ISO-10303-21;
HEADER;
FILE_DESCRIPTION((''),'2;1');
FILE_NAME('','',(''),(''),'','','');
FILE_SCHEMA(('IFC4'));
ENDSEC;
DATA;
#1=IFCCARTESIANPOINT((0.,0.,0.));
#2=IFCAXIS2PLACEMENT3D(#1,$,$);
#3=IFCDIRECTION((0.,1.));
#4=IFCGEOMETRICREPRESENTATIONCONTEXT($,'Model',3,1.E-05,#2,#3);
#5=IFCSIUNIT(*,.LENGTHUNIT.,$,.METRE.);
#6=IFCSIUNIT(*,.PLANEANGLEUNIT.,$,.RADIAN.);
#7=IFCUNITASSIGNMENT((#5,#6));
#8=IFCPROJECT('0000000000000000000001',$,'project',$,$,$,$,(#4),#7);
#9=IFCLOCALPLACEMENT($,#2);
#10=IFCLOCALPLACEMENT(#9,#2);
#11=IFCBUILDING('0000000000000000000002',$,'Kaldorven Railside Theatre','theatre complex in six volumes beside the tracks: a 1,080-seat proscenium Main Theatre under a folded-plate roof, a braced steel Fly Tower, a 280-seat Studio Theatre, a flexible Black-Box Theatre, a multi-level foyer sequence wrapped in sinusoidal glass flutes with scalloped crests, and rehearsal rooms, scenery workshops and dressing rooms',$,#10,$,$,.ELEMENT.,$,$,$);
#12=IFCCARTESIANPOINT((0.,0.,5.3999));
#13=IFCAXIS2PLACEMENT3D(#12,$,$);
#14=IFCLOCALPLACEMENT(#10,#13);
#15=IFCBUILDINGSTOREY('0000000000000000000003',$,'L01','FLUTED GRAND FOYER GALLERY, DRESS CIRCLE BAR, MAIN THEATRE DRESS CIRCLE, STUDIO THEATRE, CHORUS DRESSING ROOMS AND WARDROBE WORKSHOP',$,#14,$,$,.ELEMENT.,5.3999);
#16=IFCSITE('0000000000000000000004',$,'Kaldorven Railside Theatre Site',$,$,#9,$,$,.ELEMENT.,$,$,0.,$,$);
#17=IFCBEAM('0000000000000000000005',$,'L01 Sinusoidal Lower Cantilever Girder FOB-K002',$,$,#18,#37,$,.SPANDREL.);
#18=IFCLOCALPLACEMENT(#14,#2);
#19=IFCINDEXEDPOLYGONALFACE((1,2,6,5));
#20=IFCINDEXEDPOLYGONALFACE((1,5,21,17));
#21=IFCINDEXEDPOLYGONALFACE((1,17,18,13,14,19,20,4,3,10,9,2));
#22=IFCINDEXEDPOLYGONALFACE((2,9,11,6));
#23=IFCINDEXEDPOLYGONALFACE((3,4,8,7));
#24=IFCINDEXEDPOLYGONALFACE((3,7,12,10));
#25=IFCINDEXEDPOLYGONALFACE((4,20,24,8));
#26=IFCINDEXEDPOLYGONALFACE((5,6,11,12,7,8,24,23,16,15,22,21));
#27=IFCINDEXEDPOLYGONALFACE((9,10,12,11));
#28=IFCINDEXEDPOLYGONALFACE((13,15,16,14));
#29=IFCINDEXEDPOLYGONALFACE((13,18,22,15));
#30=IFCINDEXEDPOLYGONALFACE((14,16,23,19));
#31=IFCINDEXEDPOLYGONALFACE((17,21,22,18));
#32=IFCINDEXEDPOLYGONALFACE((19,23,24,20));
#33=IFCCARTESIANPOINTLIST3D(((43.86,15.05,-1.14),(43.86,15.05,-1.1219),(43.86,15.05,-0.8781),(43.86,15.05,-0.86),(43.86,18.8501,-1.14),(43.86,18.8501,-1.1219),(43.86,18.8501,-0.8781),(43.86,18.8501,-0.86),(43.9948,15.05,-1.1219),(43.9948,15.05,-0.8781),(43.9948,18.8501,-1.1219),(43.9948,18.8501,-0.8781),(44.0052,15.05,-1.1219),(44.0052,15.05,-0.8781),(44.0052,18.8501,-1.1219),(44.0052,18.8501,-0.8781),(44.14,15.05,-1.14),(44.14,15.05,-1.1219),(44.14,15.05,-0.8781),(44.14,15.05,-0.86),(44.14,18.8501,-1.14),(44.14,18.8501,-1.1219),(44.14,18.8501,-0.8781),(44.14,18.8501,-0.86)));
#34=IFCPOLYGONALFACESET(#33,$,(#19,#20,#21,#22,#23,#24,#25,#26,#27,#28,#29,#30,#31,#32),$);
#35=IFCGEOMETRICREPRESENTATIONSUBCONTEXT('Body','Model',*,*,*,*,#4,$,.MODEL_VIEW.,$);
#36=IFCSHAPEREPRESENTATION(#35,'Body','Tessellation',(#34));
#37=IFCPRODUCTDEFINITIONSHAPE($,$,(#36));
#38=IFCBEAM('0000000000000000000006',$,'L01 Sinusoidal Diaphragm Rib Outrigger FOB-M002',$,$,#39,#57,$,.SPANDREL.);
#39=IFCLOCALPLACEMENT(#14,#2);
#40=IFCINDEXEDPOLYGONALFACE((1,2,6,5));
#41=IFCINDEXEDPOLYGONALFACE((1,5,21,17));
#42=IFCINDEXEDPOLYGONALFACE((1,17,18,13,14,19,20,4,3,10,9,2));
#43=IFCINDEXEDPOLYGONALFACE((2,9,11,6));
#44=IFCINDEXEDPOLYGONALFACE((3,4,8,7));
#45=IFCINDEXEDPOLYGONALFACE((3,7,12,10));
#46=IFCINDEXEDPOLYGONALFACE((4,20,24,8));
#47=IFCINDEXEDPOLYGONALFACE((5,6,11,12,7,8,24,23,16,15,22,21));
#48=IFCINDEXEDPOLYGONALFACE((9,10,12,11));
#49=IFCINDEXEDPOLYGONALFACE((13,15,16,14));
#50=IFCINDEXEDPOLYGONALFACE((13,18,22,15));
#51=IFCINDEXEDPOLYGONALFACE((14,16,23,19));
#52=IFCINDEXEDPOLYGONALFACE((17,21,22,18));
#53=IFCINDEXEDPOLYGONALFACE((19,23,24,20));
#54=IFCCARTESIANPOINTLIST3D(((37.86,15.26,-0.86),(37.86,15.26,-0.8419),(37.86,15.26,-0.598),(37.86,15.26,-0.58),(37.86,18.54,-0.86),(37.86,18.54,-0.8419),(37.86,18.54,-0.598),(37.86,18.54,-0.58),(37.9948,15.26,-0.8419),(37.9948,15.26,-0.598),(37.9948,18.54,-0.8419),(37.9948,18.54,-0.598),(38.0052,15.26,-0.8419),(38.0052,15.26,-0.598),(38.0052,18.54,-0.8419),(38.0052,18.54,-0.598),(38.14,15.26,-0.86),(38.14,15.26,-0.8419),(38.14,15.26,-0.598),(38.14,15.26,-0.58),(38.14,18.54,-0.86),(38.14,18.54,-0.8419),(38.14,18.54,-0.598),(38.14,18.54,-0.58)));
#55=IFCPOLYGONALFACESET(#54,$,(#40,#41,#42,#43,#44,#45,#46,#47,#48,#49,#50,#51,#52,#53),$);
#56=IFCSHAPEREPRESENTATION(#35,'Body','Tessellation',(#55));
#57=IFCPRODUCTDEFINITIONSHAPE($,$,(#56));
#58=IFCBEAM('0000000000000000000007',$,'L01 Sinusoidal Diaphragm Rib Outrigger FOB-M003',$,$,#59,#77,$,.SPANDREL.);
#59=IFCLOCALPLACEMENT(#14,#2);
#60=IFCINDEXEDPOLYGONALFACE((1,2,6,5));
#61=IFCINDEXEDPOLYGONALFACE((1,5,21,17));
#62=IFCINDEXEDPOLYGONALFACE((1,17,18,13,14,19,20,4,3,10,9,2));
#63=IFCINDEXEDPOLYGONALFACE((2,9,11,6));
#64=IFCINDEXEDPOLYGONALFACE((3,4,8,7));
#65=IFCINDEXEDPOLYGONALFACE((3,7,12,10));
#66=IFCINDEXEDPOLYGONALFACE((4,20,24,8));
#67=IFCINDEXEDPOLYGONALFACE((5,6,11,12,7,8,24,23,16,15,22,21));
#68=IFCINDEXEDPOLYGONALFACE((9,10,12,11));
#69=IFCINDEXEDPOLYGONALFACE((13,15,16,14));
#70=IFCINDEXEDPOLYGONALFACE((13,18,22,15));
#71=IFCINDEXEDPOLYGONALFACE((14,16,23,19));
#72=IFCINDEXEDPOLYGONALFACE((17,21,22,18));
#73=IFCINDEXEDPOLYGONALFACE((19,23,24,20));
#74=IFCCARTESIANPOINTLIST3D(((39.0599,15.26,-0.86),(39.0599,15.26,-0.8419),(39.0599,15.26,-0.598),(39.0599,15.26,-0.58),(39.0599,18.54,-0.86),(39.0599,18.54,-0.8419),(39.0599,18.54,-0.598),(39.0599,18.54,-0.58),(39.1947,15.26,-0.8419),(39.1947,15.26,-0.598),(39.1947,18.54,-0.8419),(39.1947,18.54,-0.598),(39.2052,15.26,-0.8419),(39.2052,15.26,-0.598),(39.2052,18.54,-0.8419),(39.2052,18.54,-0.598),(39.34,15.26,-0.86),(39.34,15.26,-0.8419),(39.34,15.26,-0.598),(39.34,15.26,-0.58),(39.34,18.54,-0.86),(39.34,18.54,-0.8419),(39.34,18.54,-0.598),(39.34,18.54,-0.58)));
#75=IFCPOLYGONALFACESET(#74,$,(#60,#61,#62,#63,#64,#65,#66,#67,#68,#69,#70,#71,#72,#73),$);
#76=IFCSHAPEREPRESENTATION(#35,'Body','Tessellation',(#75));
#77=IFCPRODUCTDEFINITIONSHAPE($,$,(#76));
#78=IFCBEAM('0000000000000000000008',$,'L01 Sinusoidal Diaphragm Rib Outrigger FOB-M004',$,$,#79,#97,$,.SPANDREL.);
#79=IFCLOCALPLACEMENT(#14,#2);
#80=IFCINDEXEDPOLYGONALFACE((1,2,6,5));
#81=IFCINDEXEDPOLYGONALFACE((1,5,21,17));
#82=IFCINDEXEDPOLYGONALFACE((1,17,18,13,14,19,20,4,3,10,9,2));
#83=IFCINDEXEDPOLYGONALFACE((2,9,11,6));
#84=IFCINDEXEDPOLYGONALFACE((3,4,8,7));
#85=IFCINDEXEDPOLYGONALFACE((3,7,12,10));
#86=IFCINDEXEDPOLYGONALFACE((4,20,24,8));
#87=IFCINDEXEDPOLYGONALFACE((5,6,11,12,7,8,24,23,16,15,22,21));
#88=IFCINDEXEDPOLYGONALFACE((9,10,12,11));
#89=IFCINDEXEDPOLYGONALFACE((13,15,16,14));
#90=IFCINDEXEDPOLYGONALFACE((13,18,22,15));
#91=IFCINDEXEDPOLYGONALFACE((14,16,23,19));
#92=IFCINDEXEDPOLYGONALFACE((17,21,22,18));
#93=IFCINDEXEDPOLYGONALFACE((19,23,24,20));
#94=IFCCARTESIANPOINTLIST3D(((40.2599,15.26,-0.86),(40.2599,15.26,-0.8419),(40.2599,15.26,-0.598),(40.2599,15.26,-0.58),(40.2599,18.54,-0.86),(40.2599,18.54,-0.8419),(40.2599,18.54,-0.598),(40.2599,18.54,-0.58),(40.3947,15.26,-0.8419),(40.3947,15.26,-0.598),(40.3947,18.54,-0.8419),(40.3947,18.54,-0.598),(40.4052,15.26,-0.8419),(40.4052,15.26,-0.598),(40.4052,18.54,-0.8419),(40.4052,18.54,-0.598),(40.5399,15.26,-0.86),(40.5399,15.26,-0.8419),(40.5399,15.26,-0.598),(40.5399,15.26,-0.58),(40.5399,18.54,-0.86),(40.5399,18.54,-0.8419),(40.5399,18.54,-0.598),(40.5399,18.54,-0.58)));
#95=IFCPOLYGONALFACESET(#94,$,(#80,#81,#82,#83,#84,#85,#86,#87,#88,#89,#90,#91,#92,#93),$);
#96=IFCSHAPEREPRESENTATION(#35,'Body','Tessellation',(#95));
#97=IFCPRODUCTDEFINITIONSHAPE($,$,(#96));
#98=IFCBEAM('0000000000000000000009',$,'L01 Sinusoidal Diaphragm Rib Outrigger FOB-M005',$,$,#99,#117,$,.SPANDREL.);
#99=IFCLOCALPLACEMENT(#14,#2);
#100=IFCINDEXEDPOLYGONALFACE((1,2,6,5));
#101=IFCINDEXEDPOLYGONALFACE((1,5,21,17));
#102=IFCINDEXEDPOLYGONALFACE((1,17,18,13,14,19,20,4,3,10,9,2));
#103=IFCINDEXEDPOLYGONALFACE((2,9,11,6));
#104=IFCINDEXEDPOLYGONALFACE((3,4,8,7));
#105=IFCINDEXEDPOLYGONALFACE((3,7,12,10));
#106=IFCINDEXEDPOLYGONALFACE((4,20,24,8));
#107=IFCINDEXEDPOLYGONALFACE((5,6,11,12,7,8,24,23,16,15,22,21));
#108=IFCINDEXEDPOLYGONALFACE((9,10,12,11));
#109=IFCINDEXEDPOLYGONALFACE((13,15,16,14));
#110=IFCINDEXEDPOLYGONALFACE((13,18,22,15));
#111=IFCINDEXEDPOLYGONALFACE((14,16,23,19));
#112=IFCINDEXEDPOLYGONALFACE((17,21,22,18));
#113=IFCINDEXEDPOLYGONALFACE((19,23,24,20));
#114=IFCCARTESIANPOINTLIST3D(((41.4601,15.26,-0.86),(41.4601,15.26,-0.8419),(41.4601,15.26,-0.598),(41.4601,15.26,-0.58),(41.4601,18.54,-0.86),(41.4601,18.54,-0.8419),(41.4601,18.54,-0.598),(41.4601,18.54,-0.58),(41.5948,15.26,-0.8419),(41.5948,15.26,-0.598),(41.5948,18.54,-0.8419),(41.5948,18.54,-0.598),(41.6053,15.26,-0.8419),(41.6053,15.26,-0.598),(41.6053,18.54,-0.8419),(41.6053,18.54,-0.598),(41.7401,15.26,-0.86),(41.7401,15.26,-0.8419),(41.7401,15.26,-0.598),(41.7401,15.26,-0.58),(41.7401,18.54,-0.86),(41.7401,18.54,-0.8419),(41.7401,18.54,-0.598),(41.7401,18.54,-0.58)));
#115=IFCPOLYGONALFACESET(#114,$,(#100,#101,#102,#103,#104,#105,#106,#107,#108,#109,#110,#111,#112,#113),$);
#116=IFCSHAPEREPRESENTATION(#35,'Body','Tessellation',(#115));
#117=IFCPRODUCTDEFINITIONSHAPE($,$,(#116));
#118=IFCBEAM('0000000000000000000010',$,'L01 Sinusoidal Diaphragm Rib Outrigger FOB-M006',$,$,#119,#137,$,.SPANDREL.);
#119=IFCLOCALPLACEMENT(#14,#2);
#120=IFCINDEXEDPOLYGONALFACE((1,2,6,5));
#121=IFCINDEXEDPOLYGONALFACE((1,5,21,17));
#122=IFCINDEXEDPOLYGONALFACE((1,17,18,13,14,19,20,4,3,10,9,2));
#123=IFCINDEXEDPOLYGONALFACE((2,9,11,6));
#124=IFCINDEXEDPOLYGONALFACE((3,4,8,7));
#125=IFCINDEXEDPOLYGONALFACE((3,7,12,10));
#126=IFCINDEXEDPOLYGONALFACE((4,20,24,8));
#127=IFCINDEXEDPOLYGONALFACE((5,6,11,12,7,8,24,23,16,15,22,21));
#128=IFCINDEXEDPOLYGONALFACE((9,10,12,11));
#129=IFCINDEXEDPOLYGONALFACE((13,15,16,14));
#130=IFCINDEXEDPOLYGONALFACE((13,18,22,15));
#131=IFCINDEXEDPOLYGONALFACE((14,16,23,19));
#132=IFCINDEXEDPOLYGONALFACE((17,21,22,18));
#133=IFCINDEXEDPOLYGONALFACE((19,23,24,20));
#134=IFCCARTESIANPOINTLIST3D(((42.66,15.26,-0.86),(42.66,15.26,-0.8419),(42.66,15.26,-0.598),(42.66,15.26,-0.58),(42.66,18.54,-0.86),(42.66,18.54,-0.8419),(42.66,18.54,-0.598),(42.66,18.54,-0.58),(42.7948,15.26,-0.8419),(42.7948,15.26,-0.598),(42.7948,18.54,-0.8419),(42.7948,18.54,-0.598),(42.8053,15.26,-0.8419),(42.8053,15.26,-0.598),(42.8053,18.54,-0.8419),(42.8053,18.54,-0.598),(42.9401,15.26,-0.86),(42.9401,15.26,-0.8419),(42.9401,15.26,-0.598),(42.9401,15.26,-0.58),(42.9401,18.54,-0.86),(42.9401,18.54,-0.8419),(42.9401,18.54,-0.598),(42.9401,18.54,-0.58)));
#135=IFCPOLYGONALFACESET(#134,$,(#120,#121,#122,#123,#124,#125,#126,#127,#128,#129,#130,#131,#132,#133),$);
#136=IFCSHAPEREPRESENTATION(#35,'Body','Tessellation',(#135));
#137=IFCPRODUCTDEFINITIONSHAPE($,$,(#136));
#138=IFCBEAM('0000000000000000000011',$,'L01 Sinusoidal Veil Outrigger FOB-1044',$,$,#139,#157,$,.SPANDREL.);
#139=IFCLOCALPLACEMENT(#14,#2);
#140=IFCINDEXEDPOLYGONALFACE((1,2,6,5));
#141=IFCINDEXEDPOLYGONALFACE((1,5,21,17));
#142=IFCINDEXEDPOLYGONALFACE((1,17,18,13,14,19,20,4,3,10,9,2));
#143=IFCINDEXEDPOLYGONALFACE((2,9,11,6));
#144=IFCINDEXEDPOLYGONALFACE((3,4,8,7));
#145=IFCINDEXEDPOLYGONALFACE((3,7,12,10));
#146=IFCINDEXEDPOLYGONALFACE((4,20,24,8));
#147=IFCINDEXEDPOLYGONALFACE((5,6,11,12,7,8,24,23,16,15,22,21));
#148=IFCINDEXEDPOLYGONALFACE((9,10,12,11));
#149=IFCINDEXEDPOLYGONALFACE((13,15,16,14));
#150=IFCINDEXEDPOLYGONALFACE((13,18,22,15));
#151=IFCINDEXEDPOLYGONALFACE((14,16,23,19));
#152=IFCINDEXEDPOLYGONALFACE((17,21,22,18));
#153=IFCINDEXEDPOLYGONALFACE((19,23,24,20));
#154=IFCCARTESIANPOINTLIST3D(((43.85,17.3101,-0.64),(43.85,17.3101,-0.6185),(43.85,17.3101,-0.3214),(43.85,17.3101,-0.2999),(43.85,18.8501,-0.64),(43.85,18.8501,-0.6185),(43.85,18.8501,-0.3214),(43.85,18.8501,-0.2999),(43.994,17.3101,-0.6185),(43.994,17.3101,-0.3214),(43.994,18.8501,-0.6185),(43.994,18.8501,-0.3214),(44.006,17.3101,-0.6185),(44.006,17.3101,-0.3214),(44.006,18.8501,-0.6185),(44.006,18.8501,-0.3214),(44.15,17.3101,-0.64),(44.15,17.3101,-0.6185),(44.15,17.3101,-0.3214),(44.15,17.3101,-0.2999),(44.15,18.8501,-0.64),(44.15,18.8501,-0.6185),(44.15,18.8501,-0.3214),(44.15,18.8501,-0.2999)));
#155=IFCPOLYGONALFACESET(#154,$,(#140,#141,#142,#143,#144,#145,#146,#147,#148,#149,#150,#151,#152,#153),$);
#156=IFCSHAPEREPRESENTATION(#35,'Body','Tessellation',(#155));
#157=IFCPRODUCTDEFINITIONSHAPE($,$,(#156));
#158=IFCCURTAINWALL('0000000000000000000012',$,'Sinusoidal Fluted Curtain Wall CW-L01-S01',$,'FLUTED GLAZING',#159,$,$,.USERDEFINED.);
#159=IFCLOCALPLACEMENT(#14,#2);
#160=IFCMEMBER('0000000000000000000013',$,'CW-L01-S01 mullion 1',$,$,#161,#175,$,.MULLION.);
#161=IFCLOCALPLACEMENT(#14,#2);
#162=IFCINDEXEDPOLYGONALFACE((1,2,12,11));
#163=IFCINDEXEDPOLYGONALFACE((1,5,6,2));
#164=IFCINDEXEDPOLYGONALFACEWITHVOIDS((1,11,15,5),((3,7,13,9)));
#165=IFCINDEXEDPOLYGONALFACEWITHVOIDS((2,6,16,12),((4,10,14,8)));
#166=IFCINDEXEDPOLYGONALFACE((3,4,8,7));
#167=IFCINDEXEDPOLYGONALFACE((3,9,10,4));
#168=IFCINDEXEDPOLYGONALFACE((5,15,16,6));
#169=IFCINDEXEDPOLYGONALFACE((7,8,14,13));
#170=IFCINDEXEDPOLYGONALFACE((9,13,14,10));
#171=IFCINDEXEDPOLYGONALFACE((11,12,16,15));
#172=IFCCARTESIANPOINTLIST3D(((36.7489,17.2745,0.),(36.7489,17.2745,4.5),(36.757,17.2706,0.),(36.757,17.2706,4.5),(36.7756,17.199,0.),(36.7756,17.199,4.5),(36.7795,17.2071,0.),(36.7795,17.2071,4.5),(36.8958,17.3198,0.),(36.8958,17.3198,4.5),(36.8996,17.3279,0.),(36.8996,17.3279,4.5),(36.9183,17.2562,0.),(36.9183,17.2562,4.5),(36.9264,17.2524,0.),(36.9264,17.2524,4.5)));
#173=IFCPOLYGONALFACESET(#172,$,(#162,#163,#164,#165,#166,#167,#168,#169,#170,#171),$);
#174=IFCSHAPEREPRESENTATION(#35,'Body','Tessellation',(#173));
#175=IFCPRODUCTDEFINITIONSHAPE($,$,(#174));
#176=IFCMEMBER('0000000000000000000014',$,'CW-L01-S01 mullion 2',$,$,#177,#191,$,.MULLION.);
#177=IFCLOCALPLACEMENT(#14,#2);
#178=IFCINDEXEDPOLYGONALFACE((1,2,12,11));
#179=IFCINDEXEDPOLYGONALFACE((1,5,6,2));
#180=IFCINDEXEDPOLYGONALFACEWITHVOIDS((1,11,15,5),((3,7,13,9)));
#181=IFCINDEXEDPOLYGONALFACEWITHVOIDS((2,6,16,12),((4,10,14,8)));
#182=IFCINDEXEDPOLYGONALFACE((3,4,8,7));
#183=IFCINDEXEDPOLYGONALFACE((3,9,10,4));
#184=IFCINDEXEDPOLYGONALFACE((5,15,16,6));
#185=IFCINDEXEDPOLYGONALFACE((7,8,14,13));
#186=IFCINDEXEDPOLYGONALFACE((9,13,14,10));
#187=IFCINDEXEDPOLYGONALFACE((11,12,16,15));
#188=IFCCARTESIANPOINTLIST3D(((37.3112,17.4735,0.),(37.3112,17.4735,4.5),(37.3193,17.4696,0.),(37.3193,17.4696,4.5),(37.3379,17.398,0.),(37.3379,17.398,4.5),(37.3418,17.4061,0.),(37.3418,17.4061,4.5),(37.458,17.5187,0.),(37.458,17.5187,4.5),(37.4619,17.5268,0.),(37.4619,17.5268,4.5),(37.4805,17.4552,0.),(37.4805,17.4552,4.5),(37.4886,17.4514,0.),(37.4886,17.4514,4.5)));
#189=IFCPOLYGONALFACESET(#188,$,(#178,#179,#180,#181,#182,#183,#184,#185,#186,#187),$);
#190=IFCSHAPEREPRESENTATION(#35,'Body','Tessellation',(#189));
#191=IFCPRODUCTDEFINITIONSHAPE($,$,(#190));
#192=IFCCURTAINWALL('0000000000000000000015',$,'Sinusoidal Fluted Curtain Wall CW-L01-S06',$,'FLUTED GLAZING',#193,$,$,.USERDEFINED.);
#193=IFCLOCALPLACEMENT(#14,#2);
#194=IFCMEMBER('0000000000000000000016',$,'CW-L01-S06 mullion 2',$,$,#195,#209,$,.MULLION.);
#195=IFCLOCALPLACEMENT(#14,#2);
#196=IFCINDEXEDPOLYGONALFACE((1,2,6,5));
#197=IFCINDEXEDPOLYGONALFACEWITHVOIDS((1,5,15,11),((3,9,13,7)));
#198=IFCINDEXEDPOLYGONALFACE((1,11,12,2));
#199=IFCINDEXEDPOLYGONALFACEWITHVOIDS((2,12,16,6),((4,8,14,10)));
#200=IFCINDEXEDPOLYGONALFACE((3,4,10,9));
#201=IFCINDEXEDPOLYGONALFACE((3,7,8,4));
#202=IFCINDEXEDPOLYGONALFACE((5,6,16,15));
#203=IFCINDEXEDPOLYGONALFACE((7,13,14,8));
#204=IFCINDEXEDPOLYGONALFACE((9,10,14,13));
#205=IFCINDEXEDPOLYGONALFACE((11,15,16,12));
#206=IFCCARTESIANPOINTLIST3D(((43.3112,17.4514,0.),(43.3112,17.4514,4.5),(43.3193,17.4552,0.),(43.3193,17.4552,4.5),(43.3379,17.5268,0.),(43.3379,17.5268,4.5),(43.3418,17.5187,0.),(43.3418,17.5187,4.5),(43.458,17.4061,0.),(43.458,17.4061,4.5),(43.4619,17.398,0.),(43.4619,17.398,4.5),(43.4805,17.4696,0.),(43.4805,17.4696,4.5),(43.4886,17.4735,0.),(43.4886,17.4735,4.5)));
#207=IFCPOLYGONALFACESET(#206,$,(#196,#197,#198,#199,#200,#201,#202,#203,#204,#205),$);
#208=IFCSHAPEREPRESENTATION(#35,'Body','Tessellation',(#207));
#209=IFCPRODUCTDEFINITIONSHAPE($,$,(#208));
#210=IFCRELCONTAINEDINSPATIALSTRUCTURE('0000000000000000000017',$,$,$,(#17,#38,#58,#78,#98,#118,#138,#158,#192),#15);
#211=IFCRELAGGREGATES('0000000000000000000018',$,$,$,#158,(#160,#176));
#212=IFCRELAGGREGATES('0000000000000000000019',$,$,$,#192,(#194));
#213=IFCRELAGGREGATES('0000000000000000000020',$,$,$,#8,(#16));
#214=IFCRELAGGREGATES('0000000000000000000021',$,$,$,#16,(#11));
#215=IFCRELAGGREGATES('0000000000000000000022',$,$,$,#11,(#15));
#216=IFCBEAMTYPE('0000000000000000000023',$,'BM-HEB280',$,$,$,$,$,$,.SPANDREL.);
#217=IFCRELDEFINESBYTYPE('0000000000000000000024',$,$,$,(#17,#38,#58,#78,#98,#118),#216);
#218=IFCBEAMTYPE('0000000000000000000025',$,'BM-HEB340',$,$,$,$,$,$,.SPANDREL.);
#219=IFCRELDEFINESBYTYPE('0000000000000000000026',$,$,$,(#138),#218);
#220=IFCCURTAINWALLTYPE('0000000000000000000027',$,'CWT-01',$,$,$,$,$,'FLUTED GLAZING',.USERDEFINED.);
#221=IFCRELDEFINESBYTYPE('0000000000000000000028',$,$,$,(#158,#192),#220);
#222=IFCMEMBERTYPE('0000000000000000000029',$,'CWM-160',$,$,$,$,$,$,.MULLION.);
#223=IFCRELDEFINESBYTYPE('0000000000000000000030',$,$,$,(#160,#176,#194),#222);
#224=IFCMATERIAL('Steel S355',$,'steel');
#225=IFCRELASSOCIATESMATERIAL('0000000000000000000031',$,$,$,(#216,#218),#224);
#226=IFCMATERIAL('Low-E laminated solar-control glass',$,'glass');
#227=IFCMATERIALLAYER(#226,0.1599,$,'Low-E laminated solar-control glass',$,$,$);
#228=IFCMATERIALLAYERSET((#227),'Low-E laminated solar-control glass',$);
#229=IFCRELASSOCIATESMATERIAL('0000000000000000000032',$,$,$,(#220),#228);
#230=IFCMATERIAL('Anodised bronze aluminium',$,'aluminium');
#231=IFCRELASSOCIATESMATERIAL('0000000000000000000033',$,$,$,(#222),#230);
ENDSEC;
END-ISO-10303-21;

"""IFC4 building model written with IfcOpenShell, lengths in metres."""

from ifc_helpers import new_model, si_unit, direction, frame, origin, origin_2d, place, context, subcontext, project, spatial, hollow_rectangle, i_section, extrude, material, layer, layer_set, material_profile, profile_set, type_object, element, aggregate, save


model = new_model("IFC4")

# Units and contexts
model_context = context("Model", 3, precision=1e-05, world=origin(), true_north=direction((0.0, 1.0)))
body_context = subcontext(model_context, "Body", "Model", "MODEL_VIEW")
ifc_project = project(units=[si_unit("LENGTHUNIT", "METRE"), si_unit("PLANEANGLEUNIT", "RADIAN")], contexts=[model_context])

# Site, building, storey
site_placement = place(None, origin())
site = spatial("IfcSite", under=ifc_project, at=site_placement, Name="Kaldorven Railside Theatre Site", CompositionType="ELEMENT", RefElevation=0.0)
building_placement = place(site_placement, origin())
building = spatial("IfcBuilding", under=site, at=building_placement, Name="Kaldorven Railside Theatre", Description="theatre complex in six volumes beside the tracks: a 1,080-seat proscenium Main Theatre under a folded-plate roof, a braced steel Fly Tower, a 280-seat Studio Theatre, a flexible Black-Box Theatre, a multi-level foyer sequence wrapped in sinusoidal glass flutes with scalloped crests, and rehearsal rooms, scenery workshops and dressing rooms", CompositionType="ELEMENT")
storey_placement = place(building_placement, frame((0.0, 0.0, 5.3999)))
storey = spatial("IfcBuildingStorey", under=building, at=storey_placement, Name="L01", Description="FLUTED GRAND FOYER GALLERY, DRESS CIRCLE BAR, MAIN THEATRE DRESS CIRCLE, STUDIO THEATRE, CHORUS DRESSING ROOMS AND WARDROBE WORKSHOP", CompositionType="ELEMENT", Elevation=5.3999)

# Beams
ifc_material_1 = material(Name="Steel S355", Category="steel")
ifc_material_profile_1 = material_profile(ifc_material_1, i_section(OverallWidth=0.28, OverallDepth=0.28, WebThickness=0.0105, FlangeThickness=0.0181, at=origin_2d()), Name="HEB 280")
ifc_profile_set_1 = profile_set([ifc_material_profile_1], Name="Steel S355")
beam_type_1 = type_object("IfcBeamType", Name="BM-HEB280", PredefinedType="SPANDREL", material=ifc_profile_set_1)
beam_1_placement = place(storey_placement, frame((44.0, 15.05, -1.0), z_axis=(0.0, 1.0, 0.0), x_axis=(-1.0, 0.0, 0.0)))
element("IfcBeam", 1, at=beam_1_placement, inside=storey, type_object=beam_type_1, Name="L01 Sinusoidal Lower Cantilever Girder FOB-K002", PredefinedType="SPANDREL", context=body_context, shape_type="SweptSolid", body=[
    extrude(i_section(OverallWidth=0.28, OverallDepth=0.28, WebThickness=0.0105, FlangeThickness=0.0181, at=origin_2d()), origin(), (0.0, 0.0, 1.0), 3.8),
])
for number, where, z_axis, x_axis, name in (
    (2, (38.0, 15.26, -0.72), (0.0, 1.0, 0.0), (-1.0, 0.0, 0.0), "L01 Sinusoidal Diaphragm Rib Outrigger FOB-M002"),
    (3, (39.2, 15.26, -0.72), (0.0, 1.0, 0.0), (-1.0, 0.0, 0.0), "L01 Sinusoidal Diaphragm Rib Outrigger FOB-M003"),
    (4, (40.3999, 15.26, -0.72), (0.0, 1.0, 0.0), (-1.0, 0.0, 0.0), "L01 Sinusoidal Diaphragm Rib Outrigger FOB-M004"),
    (5, (41.6001, 15.26, -0.72), (0.0, 1.0, 0.0), (-1.0, 0.0, 0.0), "L01 Sinusoidal Diaphragm Rib Outrigger FOB-M005"),
    (6, (42.8, 15.26, -0.72), (0.0, 1.0, 0.0), (-1.0, 0.0, 0.0), "L01 Sinusoidal Diaphragm Rib Outrigger FOB-M006"),
):
    element("IfcBeam", number, at=place(storey_placement, frame(where, z_axis=z_axis, x_axis=x_axis)), inside=storey, type_object=beam_type_1, Name=name, PredefinedType="SPANDREL", context=body_context, shape_type="SweptSolid", body=[
        extrude(i_section(OverallWidth=0.28, OverallDepth=0.28, WebThickness=0.0105, FlangeThickness=0.0181, at=origin_2d()), origin(), (0.0, 0.0, 1.0), 3.28),
    ])
ifc_material_profile_2 = material_profile(ifc_material_1, i_section(OverallWidth=0.3, OverallDepth=0.3401, WebThickness=0.012, FlangeThickness=0.0215, at=origin_2d()), Name="HEB 340")
ifc_profile_set_2 = profile_set([ifc_material_profile_2], Name="Steel S355")
beam_type_2 = type_object("IfcBeamType", Name="BM-HEB340", PredefinedType="SPANDREL", material=ifc_profile_set_2)
beam_2_placement = place(storey_placement, frame((44.0, 17.3101, -0.47), z_axis=(0.0, 1.0, 0.0), x_axis=(-1.0, 0.0, 0.0)))
element("IfcBeam", 7, at=beam_2_placement, inside=storey, type_object=beam_type_2, Name="L01 Sinusoidal Veil Outrigger FOB-1044", PredefinedType="SPANDREL", context=body_context, shape_type="SweptSolid", body=[
    extrude(i_section(OverallWidth=0.3, OverallDepth=0.3401, WebThickness=0.012, FlangeThickness=0.0215, at=origin_2d()), origin(), (0.0, 0.0, 1.0), 1.54),
])

# Curtain walls, members
ifc_material_2 = material(Name="Low-E laminated solar-control glass", Category="glass")
ifc_layer_1 = layer(ifc_material_2, 0.1599, Name="Low-E laminated solar-control glass")
ifc_layer_set_1 = layer_set([ifc_layer_1], Name="Low-E laminated solar-control glass")
curtain_wall_type = type_object("IfcCurtainWallType", Name="CWT-01", ElementType="FLUTED GLAZING", PredefinedType="USERDEFINED", material=ifc_layer_set_1)
curtain_wall_1_placement = place(storey_placement, origin())
curtain_wall_1 = element("IfcCurtainWall", 8, at=curtain_wall_1_placement, inside=storey, type_object=curtain_wall_type, Name="Sinusoidal Fluted Curtain Wall CW-L01-S01", ObjectType="FLUTED GLAZING", PredefinedType="USERDEFINED")
ifc_material_3 = material(Name="Anodised bronze aluminium", Category="aluminium")
ifc_material_profile_3 = material_profile(ifc_material_3, hollow_rectangle(XDim=0.0801, YDim=0.1599, WallThickness=0.0063, at=origin_2d()), Name="RHS 160x80x6.3")
ifc_profile_set_3 = profile_set([ifc_material_profile_3], Name="Anodised bronze aluminium")
member_type_1 = type_object("IfcMemberType", Name="CWM-160", PredefinedType="MULLION", material=ifc_profile_set_3)
member_1_placement = place(storey_placement, frame((36.8376, 17.2634, 0.0), z_axis=(0.0, 0.0, 1.0), x_axis=(-0.333847, 0.942627, 0.0)))
member_1 = element("IfcMember", 9, at=member_1_placement, type_object=member_type_1, Name="CW-L01-S01 mullion 1", PredefinedType="MULLION", context=body_context, shape_type="SweptSolid", body=[
    extrude(hollow_rectangle(XDim=0.0801, YDim=0.1599, WallThickness=0.0063, at=origin_2d()), origin(), (0.0, 0.0, 1.0), 4.5),
])
member_2_placement = place(storey_placement, frame((37.3999, 17.4624, 0.0), z_axis=(0.0, 0.0, 1.0), x_axis=(-0.333847, 0.942627, 0.0)))
member_2 = element("IfcMember", 10, at=member_2_placement, type_object=member_type_1, Name="CW-L01-S01 mullion 2", PredefinedType="MULLION", context=body_context, shape_type="SweptSolid", body=[
    extrude(hollow_rectangle(XDim=0.0801, YDim=0.1599, WallThickness=0.0063, at=origin_2d()), origin(), (0.0, 0.0, 1.0), 4.5),
])
curtain_wall_2_placement = place(storey_placement, origin())
curtain_wall_2 = element("IfcCurtainWall", 11, at=curtain_wall_2_placement, inside=storey, type_object=curtain_wall_type, Name="Sinusoidal Fluted Curtain Wall CW-L01-S06", ObjectType="FLUTED GLAZING", PredefinedType="USERDEFINED")
member_3_placement = place(storey_placement, frame((43.3999, 17.4624, 0.0), z_axis=(0.0, 0.0, 1.0), x_axis=(0.333847, 0.942627, 0.0)))
member_3 = element("IfcMember", 12, at=member_3_placement, type_object=member_type_1, Name="CW-L01-S06 mullion 2", PredefinedType="MULLION", context=body_context, shape_type="SweptSolid", body=[
    extrude(hollow_rectangle(XDim=0.0801, YDim=0.1599, WallThickness=0.0063, at=origin_2d()), origin(), (0.0, 0.0, 1.0), 4.5),
])

aggregate(curtain_wall_1, [member_1, member_2])
aggregate(curtain_wall_2, [member_3])

save(model, "model.ifc")
